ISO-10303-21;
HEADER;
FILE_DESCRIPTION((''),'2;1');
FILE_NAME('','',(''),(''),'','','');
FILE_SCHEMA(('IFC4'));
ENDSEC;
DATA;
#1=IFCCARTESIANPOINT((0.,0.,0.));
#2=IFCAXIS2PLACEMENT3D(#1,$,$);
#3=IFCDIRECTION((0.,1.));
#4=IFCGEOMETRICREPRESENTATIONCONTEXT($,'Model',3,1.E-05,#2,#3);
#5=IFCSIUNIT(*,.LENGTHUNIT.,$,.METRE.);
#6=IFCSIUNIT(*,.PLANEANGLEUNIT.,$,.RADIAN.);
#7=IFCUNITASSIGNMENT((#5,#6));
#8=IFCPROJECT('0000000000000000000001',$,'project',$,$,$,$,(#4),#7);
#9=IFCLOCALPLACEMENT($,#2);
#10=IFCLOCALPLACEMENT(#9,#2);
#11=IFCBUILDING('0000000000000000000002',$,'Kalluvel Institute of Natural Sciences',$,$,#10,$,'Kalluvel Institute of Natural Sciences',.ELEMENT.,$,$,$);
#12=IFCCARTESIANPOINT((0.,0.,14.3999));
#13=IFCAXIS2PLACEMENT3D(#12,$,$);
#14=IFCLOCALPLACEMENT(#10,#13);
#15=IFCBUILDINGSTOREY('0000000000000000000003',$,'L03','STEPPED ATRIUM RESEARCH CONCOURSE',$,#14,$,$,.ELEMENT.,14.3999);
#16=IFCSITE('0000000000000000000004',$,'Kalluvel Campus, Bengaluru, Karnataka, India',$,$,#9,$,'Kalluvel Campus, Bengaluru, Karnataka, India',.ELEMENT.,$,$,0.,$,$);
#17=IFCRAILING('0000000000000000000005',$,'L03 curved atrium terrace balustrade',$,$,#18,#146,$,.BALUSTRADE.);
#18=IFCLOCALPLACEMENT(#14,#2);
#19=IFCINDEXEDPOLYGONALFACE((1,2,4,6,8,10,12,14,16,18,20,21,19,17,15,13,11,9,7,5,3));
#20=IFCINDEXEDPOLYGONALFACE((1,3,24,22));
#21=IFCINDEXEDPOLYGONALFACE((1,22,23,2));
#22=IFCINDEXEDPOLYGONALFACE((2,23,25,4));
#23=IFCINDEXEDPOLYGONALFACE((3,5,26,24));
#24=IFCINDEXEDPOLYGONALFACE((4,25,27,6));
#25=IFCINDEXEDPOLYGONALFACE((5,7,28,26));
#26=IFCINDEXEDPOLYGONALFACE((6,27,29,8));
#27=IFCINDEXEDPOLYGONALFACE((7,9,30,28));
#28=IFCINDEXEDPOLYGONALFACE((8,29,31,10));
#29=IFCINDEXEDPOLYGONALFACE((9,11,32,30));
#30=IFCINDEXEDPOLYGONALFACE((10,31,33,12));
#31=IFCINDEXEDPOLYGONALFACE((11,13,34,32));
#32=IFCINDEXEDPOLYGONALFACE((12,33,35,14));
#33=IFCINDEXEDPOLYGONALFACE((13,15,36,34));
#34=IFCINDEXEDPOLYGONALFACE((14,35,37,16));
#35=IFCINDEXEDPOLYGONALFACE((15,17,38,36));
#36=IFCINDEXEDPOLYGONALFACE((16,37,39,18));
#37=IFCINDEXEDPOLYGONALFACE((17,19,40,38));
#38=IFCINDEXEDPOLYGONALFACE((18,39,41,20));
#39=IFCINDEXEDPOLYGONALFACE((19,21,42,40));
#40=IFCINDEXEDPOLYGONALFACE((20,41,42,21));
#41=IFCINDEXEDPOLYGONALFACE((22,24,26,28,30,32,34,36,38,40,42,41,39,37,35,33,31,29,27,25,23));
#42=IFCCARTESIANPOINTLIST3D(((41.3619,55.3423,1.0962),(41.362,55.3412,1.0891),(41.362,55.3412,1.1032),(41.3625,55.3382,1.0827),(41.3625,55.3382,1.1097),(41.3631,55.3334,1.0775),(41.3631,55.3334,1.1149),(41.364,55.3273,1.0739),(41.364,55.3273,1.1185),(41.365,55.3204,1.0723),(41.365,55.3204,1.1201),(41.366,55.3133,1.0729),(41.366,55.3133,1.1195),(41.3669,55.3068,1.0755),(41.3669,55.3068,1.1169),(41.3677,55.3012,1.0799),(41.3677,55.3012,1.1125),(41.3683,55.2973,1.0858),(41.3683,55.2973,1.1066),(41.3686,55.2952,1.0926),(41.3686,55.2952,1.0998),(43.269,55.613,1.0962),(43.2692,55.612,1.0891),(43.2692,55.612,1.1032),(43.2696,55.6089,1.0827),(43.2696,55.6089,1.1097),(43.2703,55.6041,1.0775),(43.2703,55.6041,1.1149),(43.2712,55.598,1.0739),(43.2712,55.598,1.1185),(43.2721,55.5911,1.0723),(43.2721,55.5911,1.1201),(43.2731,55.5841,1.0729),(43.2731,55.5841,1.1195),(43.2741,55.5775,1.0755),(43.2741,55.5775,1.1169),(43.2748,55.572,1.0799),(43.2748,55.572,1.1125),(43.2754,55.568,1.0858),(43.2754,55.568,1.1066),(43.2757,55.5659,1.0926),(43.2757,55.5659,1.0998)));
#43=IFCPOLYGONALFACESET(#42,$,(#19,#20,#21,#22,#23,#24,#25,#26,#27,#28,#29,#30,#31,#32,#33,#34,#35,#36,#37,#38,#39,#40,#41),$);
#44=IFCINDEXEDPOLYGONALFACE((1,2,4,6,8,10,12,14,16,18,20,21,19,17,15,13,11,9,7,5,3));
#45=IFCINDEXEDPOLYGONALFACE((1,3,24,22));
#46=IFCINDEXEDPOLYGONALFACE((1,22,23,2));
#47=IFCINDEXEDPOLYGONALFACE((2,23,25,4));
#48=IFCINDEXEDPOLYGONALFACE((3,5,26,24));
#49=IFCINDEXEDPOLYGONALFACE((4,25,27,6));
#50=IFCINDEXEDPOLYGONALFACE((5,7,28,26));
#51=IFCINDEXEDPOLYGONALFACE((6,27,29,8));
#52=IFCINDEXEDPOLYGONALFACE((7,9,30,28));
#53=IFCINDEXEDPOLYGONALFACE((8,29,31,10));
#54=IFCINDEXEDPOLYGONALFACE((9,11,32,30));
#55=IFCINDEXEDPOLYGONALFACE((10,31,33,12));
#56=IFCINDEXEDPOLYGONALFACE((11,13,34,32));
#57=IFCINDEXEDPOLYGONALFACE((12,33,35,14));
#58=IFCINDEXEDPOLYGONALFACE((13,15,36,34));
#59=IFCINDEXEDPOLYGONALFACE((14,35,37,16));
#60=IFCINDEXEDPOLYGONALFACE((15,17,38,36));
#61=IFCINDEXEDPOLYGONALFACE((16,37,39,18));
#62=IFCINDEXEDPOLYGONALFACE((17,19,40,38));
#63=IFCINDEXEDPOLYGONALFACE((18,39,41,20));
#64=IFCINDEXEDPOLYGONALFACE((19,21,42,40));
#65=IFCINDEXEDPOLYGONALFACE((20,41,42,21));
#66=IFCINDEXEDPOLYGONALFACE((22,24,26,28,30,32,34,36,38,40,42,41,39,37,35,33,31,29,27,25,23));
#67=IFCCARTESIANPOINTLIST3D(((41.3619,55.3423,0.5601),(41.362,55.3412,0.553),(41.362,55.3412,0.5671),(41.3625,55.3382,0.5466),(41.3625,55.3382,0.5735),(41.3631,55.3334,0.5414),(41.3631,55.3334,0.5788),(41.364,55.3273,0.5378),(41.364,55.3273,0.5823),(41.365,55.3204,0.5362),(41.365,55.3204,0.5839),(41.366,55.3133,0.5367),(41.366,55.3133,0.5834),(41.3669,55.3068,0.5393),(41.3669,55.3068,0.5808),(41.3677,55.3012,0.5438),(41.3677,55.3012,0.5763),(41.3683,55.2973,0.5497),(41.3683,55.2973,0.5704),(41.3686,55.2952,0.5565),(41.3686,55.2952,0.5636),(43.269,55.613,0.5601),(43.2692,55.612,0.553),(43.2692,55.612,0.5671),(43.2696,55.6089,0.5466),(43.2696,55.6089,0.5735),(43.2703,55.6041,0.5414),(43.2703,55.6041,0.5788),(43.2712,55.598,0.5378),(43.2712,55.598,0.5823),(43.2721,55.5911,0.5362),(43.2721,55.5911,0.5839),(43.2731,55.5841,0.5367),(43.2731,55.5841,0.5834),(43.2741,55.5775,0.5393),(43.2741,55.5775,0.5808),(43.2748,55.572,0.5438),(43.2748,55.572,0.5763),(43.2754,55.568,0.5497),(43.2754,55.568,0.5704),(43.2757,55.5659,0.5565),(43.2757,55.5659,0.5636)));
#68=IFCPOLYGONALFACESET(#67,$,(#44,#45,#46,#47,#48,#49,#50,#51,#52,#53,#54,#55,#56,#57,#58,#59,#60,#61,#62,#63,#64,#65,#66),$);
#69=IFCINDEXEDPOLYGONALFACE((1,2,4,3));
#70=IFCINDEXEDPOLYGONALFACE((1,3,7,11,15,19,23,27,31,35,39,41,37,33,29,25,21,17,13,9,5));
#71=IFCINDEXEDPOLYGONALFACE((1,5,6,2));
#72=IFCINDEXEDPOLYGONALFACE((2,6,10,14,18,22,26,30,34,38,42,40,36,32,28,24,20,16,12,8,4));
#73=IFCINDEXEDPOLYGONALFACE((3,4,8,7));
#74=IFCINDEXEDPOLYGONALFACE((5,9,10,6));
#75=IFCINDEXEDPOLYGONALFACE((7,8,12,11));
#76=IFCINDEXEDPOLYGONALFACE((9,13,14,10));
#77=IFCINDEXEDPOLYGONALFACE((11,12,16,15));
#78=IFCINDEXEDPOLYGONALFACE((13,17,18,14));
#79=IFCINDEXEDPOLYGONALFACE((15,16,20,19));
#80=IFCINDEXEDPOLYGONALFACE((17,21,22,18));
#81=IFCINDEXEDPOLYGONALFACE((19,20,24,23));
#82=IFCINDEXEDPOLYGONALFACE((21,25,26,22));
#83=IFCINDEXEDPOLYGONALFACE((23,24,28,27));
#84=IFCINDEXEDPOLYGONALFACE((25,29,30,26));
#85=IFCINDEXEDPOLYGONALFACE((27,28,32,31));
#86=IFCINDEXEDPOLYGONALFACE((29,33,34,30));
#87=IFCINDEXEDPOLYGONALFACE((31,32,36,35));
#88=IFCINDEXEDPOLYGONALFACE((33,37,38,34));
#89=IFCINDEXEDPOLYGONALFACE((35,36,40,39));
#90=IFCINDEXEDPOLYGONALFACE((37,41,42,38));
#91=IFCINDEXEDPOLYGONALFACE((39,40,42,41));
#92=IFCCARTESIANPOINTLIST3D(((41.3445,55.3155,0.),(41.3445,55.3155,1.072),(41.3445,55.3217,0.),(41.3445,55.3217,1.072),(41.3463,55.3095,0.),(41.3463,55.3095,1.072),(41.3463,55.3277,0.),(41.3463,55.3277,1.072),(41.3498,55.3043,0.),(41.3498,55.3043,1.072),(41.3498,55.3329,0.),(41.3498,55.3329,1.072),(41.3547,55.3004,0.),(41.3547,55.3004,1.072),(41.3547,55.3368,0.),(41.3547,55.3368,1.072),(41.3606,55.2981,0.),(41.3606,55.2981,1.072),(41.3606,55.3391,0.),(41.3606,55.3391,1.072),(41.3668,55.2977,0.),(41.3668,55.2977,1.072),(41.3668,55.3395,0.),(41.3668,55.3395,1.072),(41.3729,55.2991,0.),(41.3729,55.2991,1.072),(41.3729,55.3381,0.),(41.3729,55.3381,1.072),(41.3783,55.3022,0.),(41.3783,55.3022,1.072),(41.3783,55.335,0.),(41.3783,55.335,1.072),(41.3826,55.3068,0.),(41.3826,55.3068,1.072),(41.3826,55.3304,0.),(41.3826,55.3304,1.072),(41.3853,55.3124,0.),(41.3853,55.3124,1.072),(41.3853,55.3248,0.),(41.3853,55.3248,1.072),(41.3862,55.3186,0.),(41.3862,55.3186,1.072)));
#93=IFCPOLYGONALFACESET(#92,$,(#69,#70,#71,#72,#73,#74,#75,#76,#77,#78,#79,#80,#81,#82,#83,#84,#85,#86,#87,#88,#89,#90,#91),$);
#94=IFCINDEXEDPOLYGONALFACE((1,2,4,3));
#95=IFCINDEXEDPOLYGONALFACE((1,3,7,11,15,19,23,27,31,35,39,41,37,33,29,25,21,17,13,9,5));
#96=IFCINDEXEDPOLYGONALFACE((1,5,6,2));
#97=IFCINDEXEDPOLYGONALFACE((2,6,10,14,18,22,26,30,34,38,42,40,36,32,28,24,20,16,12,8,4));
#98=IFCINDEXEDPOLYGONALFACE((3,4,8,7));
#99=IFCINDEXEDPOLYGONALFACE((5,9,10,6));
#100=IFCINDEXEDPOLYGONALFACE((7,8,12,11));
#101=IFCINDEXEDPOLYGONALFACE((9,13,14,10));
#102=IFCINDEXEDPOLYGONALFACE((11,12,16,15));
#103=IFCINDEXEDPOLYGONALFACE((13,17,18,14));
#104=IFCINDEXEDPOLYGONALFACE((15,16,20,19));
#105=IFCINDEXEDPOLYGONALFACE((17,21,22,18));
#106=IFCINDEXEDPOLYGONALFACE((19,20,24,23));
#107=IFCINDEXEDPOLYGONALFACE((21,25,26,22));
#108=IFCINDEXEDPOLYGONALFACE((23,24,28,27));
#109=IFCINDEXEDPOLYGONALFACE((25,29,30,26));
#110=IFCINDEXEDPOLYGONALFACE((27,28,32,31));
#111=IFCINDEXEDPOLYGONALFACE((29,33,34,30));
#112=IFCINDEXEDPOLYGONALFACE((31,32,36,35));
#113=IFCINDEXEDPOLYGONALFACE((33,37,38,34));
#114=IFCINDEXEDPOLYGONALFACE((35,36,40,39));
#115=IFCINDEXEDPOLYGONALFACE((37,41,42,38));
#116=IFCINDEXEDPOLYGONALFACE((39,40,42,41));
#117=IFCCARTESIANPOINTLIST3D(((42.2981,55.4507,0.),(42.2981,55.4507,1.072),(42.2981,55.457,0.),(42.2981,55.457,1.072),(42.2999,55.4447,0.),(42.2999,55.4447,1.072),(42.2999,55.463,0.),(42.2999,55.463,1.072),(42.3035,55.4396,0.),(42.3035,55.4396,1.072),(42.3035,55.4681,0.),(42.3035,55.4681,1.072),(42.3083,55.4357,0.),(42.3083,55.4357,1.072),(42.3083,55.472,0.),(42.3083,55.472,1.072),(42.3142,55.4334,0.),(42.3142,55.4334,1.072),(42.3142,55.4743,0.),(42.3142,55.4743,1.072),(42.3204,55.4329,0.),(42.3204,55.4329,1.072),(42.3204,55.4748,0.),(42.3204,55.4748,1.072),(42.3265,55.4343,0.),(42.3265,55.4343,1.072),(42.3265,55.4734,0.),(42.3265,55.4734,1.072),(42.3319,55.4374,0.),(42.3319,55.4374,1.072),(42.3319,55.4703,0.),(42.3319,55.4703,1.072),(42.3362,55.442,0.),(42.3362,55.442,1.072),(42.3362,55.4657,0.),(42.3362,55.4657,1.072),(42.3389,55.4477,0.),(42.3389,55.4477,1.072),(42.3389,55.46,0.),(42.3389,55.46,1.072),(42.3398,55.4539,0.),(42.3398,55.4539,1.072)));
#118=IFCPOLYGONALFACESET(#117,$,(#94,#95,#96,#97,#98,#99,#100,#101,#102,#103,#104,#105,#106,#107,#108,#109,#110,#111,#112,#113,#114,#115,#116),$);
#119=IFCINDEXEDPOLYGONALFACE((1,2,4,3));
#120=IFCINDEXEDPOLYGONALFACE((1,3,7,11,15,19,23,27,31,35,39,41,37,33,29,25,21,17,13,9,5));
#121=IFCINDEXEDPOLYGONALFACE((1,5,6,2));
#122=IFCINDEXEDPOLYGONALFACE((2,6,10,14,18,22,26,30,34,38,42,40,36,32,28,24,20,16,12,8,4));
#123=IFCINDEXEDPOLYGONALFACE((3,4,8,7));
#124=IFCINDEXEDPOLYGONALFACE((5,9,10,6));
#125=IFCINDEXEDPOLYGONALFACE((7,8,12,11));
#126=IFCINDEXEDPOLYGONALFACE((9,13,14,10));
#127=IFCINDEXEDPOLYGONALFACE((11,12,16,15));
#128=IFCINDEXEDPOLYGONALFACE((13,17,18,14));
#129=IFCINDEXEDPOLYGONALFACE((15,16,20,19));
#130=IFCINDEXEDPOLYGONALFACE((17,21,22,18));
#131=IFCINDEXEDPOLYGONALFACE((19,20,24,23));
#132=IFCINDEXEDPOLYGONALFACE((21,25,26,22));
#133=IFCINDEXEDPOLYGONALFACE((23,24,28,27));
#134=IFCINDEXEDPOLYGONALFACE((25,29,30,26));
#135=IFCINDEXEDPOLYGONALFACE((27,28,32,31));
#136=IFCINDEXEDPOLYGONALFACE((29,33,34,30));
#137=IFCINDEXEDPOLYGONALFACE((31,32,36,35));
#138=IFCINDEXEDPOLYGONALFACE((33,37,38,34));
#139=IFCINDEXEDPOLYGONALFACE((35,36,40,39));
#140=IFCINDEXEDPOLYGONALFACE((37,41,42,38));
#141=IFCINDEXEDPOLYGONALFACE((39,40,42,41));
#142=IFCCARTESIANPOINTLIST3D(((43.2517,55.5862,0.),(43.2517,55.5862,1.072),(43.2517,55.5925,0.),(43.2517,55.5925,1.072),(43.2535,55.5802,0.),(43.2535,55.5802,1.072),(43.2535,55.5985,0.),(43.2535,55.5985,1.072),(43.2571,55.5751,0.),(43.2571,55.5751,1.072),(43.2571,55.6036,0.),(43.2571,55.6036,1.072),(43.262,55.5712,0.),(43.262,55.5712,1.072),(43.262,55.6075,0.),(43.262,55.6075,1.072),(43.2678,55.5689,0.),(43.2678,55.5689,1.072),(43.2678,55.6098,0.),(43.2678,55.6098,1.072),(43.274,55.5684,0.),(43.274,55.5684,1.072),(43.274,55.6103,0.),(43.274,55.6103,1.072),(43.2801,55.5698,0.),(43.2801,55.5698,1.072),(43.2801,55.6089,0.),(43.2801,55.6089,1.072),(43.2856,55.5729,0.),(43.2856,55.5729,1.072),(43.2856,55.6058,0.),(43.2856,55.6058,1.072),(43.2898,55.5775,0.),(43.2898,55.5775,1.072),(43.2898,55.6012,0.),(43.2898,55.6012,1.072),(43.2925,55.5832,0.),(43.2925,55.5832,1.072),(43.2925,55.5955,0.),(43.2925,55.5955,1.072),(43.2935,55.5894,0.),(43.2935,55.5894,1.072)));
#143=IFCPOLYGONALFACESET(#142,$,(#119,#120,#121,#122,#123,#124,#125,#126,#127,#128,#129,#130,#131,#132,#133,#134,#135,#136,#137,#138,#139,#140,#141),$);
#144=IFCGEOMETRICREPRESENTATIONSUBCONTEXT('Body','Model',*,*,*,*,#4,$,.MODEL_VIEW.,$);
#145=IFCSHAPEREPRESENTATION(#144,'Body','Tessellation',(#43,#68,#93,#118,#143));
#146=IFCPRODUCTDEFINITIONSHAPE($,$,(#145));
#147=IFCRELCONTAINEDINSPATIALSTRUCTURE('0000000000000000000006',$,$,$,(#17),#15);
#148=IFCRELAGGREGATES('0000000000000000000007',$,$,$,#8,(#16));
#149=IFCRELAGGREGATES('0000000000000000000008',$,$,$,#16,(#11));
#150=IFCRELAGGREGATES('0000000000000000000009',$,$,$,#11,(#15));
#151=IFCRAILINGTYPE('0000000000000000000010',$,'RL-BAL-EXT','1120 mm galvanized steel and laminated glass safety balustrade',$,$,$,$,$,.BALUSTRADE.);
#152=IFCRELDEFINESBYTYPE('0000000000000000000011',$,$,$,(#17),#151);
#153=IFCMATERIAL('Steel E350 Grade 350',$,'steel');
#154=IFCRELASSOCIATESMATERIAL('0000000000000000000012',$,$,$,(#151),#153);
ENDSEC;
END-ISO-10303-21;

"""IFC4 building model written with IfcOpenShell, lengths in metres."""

from ifc_helpers import new_model, si_unit, direction, frame, origin, origin_2d, place, context, subcontext, project, spatial, circle, extrude, material, type_object, element, save


model = new_model("IFC4")

# Units and contexts
model_context = context("Model", 3, precision=1e-05, world=origin(), true_north=direction((0.0, 1.0)))
body_context = subcontext(model_context, "Body", "Model", "MODEL_VIEW")
ifc_project = project(units=[si_unit("LENGTHUNIT", "METRE"), si_unit("PLANEANGLEUNIT", "RADIAN")], contexts=[model_context])

# Site, building, storey
site_placement = place(None, origin())
site = spatial("IfcSite", under=ifc_project, at=site_placement, Name="Kalluvel Campus, Bengaluru, Karnataka, India", LongName="Kalluvel Campus, Bengaluru, Karnataka, India", CompositionType="ELEMENT", RefElevation=0.0)
building_placement = place(site_placement, origin())
building = spatial("IfcBuilding", under=site, at=building_placement, Name="Kalluvel Institute of Natural Sciences", LongName="Kalluvel Institute of Natural Sciences", CompositionType="ELEMENT")
storey_placement = place(building_placement, frame((0.0, 0.0, 14.3999)))
storey = spatial("IfcBuildingStorey", under=building, at=storey_placement, Name="L03", Description="STEPPED ATRIUM RESEARCH CONCOURSE", CompositionType="ELEMENT", Elevation=14.3999)

# Railing
ifc_material_1 = material(Name="Steel E350 Grade 350", Category="steel")
railing_type = type_object("IfcRailingType", Name="RL-BAL-EXT", Description="1120 mm galvanized steel and laminated glass safety balustrade", PredefinedType="BALUSTRADE", material=ifc_material_1)
railing_1_placement = place(storey_placement, frame((41.3652, 55.3186, 0.0)))
element("IfcRailing", 1, at=railing_1_placement, inside=storey, type_object=railing_type, Name="L03 curved atrium terrace balustrade", PredefinedType="BALUSTRADE", context=body_context, shape_type="SweptSolid", body=[
    extrude(circle(Radius=0.0239, at=origin_2d()), frame((0.0, 0.0, 1.0962), z_axis=(0.990073, 0.140552, 0.0), x_axis=(-0.140552, 0.990073, 0.0)), (0.0, 0.0, 1.0), 1.9263),
    extrude(circle(Radius=0.0239, at=origin_2d()), frame((0.0, 0.0, 0.5601), z_axis=(0.990073, 0.140552, 0.0), x_axis=(-0.140552, 0.990073, 0.0)), (0.0, 0.0, 1.0), 1.9263),
    extrude(circle(Radius=0.021, at=origin_2d()), origin(), (0.0, 0.0, 1.0), 1.072),
    extrude(circle(Radius=0.021, at=origin_2d()), frame((0.9536, 0.1353, 0.0)), (0.0, 0.0, 1.0), 1.072),
    extrude(circle(Radius=0.021, at=origin_2d()), frame((1.9072, 0.2708, 0.0)), (0.0, 0.0, 1.0), 1.072),
])

save(model, "model.ifc")
